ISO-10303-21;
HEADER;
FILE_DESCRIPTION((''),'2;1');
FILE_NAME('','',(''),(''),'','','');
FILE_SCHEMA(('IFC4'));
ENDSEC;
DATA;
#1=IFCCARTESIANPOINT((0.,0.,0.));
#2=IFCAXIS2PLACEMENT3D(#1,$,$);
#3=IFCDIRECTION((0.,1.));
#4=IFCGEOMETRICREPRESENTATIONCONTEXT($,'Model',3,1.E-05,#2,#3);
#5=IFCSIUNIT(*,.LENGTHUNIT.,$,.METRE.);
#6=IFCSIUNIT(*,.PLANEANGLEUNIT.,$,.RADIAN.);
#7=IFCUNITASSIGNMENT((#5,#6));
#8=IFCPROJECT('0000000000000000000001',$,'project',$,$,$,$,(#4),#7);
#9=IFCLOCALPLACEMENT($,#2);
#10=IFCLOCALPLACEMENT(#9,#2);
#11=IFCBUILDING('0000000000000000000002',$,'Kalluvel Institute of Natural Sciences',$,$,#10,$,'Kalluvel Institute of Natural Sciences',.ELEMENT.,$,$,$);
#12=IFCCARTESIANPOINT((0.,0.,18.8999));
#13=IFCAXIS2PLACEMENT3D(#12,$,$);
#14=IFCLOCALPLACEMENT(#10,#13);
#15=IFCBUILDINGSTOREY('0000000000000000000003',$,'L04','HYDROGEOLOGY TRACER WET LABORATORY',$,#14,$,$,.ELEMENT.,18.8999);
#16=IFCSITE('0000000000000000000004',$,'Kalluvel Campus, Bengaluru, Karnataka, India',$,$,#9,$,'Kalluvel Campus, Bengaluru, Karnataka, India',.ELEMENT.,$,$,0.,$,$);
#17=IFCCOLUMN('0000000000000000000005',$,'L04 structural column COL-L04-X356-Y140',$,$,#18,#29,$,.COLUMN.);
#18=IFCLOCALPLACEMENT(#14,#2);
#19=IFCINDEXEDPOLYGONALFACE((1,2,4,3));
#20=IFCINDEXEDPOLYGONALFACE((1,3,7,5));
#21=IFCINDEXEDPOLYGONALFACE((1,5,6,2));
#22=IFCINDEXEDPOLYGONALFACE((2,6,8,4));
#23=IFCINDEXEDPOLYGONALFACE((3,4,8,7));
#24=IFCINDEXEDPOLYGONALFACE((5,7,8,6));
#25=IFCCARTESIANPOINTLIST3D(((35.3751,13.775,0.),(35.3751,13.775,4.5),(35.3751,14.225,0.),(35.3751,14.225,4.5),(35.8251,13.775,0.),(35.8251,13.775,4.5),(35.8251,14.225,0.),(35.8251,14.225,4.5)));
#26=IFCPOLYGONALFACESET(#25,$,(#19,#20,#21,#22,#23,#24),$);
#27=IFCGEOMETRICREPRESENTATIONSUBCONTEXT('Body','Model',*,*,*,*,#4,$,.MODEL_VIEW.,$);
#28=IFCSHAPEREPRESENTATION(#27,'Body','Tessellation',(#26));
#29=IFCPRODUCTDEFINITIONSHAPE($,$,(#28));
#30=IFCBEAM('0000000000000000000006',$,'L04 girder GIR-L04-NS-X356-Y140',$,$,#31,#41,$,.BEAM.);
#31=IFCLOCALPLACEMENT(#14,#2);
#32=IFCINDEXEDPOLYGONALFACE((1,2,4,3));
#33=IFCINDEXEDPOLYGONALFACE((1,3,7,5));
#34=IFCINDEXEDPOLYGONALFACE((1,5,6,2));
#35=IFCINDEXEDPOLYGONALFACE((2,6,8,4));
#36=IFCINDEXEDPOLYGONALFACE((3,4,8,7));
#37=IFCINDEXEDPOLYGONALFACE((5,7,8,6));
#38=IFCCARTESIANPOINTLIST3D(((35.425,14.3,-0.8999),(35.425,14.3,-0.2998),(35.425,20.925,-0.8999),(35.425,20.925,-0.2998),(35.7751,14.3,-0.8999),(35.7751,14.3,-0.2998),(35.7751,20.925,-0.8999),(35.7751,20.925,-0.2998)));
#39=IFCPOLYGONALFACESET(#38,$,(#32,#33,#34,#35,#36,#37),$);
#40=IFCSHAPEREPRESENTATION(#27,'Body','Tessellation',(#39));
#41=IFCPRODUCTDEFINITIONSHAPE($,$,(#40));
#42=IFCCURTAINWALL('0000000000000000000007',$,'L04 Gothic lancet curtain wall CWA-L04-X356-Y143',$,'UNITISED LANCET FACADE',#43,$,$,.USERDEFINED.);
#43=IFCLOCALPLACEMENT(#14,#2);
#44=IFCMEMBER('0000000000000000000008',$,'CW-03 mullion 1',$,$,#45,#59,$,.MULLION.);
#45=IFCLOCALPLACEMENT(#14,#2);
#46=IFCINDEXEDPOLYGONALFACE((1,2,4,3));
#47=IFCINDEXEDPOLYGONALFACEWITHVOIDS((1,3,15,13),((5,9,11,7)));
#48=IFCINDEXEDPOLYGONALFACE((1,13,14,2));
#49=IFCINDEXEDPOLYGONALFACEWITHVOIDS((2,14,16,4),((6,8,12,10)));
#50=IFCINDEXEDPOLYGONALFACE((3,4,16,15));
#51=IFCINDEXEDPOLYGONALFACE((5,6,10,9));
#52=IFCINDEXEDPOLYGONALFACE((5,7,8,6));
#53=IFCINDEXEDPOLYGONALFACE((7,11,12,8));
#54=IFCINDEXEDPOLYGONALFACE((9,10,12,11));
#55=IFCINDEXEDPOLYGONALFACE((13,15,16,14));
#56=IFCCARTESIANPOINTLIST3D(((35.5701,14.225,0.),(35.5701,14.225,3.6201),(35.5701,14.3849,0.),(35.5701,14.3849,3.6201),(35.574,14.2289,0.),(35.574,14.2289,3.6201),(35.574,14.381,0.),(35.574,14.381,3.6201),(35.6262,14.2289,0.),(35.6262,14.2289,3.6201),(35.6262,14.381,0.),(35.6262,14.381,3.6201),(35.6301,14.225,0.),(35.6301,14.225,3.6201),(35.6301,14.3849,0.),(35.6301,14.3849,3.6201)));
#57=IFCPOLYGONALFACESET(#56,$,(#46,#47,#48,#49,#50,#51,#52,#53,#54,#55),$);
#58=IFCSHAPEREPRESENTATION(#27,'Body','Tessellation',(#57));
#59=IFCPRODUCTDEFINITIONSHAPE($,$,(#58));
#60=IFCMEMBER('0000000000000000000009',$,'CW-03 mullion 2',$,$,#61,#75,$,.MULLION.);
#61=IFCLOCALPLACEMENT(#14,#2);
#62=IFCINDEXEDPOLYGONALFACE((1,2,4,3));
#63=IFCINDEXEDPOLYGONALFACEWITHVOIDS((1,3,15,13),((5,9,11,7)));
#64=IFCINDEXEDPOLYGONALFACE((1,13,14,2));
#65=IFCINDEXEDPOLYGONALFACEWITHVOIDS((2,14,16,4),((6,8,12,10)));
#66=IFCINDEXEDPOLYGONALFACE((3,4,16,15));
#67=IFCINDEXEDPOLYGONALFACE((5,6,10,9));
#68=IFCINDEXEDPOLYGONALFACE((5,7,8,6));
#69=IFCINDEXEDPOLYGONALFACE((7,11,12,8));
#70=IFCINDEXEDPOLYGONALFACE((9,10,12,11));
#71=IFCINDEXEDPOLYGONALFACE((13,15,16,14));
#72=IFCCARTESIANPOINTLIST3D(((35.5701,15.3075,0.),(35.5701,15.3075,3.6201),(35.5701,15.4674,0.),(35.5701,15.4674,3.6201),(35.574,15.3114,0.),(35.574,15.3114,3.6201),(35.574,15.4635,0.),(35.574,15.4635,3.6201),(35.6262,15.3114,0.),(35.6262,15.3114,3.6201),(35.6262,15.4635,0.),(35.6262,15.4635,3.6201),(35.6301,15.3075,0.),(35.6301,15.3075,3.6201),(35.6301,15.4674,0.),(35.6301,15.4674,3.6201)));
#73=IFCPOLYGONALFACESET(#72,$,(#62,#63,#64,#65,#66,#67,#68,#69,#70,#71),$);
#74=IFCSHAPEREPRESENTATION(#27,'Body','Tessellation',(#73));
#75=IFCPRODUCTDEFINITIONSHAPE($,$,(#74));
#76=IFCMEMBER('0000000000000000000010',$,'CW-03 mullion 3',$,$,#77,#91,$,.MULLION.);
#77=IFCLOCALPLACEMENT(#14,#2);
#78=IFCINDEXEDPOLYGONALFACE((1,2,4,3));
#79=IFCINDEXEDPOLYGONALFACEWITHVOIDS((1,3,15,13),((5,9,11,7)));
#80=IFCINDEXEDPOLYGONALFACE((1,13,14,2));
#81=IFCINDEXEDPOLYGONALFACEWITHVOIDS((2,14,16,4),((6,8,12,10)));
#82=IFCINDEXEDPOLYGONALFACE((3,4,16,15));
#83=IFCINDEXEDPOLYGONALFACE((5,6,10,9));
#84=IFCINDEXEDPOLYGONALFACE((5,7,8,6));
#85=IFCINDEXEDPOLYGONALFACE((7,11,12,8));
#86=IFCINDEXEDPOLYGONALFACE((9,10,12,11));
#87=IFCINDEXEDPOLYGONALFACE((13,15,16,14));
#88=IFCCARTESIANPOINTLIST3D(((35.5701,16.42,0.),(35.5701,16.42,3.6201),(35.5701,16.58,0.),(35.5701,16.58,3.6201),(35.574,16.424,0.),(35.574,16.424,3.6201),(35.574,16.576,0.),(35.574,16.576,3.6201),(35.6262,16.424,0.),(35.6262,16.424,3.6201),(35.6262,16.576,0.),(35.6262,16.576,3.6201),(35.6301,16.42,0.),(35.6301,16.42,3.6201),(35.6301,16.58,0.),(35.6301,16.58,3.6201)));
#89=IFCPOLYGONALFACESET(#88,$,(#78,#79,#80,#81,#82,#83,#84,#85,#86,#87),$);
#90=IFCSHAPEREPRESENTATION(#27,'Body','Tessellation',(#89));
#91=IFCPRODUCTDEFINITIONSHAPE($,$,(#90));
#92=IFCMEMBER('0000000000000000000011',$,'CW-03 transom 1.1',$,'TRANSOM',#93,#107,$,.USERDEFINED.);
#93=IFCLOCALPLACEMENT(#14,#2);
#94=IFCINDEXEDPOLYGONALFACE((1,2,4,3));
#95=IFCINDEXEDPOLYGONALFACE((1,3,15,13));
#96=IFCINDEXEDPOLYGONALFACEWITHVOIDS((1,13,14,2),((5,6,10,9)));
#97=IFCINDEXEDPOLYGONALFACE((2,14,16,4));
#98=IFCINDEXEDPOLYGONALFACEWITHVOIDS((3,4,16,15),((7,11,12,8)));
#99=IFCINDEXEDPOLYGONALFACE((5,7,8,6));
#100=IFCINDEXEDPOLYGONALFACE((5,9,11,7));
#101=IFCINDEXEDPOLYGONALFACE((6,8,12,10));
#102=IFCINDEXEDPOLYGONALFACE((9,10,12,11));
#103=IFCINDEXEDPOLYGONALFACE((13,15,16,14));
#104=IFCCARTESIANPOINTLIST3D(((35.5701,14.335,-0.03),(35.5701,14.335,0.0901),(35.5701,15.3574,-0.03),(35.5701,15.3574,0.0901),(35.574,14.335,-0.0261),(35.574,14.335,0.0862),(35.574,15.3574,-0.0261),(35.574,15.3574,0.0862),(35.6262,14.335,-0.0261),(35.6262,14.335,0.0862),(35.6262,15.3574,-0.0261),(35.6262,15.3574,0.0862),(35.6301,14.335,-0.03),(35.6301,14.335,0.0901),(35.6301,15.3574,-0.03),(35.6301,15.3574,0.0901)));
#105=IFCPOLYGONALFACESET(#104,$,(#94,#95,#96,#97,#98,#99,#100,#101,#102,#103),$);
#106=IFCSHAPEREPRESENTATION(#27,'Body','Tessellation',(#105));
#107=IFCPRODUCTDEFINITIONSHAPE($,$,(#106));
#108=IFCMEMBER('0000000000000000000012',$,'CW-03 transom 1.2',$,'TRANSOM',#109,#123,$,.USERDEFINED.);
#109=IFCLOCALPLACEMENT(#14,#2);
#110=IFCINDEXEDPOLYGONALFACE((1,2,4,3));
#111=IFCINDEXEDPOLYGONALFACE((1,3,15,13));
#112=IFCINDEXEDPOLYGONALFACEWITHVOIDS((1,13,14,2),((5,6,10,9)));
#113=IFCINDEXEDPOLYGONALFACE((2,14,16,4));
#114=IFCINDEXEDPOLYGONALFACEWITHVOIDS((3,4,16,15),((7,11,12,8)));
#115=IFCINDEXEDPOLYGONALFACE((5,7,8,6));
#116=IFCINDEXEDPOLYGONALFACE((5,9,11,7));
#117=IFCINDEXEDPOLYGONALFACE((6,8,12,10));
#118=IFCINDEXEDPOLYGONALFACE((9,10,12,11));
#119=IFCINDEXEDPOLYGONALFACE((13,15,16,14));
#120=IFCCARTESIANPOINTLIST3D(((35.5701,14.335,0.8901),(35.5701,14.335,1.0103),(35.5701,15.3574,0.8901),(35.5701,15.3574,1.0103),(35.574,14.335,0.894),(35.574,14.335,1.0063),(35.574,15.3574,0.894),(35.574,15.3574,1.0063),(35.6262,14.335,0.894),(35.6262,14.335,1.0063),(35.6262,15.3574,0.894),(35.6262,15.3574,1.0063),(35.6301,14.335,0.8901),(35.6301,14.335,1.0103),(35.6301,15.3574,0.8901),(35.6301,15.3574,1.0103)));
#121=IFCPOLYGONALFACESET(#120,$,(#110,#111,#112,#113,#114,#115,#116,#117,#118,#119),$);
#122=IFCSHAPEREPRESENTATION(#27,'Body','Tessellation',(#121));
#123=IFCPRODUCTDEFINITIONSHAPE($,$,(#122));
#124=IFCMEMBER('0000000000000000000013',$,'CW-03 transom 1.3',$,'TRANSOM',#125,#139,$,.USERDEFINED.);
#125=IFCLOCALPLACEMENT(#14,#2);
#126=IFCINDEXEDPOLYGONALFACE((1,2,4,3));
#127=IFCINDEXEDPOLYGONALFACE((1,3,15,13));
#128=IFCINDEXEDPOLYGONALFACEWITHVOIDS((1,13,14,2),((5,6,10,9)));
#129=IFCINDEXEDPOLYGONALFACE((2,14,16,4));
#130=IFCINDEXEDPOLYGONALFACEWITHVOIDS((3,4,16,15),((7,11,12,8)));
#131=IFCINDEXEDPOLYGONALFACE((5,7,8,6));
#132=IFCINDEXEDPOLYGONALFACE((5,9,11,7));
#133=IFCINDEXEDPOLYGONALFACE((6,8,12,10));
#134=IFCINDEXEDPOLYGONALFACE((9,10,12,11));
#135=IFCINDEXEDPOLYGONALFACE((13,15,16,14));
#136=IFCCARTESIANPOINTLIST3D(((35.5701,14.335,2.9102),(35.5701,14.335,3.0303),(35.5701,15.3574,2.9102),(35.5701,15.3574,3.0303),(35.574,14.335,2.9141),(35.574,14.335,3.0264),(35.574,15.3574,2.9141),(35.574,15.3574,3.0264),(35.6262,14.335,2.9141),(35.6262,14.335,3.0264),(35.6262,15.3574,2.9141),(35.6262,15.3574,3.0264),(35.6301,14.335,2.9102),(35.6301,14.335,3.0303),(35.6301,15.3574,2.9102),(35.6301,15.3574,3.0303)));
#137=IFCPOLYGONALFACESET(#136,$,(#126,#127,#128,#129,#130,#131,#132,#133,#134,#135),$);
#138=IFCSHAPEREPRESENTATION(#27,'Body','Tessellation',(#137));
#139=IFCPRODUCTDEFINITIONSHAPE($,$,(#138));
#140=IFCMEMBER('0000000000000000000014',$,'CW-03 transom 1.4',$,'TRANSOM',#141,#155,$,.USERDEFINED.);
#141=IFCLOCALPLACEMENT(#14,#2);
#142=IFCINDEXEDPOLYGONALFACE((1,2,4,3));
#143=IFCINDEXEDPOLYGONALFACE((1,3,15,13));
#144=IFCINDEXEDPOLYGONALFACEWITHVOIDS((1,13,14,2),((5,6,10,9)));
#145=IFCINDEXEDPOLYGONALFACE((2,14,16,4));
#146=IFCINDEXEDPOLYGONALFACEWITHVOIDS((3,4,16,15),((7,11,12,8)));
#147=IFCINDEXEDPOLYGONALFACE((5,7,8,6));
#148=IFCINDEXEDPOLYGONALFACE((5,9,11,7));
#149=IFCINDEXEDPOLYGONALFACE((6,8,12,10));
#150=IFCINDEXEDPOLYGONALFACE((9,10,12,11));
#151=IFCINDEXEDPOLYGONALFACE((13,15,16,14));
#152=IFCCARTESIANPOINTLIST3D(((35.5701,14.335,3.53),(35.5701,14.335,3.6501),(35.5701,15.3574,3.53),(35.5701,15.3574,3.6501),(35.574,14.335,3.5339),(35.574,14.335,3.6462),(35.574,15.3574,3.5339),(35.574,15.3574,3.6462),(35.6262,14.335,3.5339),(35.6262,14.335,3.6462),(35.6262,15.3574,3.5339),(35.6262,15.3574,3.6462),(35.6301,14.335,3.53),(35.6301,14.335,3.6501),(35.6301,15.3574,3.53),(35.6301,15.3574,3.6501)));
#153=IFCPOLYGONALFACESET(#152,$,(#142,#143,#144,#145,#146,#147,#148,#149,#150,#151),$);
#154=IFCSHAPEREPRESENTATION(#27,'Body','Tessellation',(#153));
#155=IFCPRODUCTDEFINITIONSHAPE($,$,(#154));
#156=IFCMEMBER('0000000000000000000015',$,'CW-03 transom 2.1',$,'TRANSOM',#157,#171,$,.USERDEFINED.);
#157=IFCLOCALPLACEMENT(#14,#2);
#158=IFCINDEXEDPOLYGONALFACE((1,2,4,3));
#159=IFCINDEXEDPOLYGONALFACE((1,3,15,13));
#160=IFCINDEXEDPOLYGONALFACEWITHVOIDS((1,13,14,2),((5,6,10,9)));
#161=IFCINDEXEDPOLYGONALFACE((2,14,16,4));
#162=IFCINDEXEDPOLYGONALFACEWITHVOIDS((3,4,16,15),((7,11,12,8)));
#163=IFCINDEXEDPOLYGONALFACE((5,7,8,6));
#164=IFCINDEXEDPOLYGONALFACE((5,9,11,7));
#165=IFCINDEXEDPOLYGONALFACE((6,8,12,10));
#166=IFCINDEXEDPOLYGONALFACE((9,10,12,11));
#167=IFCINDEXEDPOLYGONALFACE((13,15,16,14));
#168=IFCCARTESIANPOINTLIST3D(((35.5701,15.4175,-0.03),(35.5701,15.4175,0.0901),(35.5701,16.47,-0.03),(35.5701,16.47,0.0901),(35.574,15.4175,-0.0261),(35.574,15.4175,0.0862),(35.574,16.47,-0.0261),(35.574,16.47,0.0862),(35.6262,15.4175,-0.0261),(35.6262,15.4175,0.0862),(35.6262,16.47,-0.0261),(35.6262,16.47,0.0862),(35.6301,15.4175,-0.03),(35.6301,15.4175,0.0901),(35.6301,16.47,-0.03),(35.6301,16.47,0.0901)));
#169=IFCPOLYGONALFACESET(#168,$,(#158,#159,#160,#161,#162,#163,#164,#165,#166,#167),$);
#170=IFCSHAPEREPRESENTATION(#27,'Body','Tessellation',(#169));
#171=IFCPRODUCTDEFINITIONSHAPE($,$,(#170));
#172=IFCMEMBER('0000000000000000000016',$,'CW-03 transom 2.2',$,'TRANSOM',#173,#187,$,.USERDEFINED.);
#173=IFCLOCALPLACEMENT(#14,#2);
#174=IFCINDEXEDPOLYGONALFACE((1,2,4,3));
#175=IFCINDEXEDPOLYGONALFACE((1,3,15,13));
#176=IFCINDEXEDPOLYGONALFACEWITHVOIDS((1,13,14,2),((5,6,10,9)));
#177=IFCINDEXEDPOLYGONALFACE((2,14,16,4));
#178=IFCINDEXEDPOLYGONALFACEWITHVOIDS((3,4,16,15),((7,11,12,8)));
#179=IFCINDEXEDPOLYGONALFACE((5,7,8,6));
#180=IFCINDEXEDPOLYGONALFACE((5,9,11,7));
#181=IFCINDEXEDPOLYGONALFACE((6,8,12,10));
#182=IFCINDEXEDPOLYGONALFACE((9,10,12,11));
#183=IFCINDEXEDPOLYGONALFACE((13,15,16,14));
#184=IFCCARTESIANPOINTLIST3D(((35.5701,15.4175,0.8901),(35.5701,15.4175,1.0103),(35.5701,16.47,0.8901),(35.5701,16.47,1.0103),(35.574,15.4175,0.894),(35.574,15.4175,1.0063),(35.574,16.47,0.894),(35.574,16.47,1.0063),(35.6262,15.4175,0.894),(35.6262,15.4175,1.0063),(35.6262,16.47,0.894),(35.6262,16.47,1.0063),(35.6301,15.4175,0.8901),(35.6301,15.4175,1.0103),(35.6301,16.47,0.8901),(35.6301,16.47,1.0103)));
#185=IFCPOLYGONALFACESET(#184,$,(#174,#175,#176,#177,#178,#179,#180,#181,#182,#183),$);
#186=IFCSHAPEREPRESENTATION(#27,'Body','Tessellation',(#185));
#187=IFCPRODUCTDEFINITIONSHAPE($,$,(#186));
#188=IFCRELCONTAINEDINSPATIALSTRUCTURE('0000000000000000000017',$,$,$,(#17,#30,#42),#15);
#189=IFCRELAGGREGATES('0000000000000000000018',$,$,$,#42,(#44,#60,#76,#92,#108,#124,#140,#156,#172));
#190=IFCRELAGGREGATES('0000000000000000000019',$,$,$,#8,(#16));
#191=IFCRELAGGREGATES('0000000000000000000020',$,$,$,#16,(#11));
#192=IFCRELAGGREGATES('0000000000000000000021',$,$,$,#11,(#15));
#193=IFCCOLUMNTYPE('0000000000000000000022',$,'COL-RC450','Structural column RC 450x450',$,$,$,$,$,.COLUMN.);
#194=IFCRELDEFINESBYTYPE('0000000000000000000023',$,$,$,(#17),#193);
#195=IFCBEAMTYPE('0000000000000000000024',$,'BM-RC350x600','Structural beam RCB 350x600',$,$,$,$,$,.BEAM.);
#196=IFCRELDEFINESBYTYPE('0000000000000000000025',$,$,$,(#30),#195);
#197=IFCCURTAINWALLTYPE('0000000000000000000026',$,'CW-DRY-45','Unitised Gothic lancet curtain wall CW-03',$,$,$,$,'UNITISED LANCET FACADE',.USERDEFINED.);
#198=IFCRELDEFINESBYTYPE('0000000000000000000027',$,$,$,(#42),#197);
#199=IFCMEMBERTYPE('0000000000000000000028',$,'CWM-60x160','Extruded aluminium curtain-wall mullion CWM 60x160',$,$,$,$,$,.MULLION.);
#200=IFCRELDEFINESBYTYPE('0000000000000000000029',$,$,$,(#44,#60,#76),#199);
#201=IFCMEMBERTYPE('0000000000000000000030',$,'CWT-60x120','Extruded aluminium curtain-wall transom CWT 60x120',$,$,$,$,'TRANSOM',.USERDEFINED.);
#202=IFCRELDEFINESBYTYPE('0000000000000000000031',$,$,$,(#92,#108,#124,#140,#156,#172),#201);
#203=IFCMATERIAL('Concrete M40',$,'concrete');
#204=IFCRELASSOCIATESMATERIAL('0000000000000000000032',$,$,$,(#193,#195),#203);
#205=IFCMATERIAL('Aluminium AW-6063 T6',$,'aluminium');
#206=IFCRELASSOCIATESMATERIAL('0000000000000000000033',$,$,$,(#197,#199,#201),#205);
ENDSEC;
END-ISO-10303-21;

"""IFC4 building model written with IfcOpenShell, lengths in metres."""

from ifc_helpers import new_model, si_unit, direction, frame, origin, origin_2d, place, context, subcontext, project, spatial, rectangle, hollow_rectangle, extrude, material, material_profile, profile_set, type_object, element, aggregate, save


model = new_model("IFC4")

# Units and contexts
model_context = context("Model", 3, precision=1e-05, world=origin(), true_north=direction((0.0, 1.0)))
body_context = subcontext(model_context, "Body", "Model", "MODEL_VIEW")
ifc_project = project(units=[si_unit("LENGTHUNIT", "METRE"), si_unit("PLANEANGLEUNIT", "RADIAN")], contexts=[model_context])

# Site, building, storey
site_placement = place(None, origin())
site = spatial("IfcSite", under=ifc_project, at=site_placement, Name="Kalluvel Campus, Bengaluru, Karnataka, India", LongName="Kalluvel Campus, Bengaluru, Karnataka, India", CompositionType="ELEMENT", RefElevation=0.0)
building_placement = place(site_placement, origin())
building = spatial("IfcBuilding", under=site, at=building_placement, Name="Kalluvel Institute of Natural Sciences", LongName="Kalluvel Institute of Natural Sciences", CompositionType="ELEMENT")
storey_placement = place(building_placement, frame((0.0, 0.0, 18.8999)))
storey = spatial("IfcBuildingStorey", under=building, at=storey_placement, Name="L04", Description="HYDROGEOLOGY TRACER WET LABORATORY", CompositionType="ELEMENT", Elevation=18.8999)

# Column
ifc_material_1 = material(Name="Concrete M40", Category="concrete")
ifc_material_profile_1 = material_profile(ifc_material_1, rectangle(XDim=0.45, YDim=0.45, at=origin_2d()), Name="RC 450x450")
ifc_profile_set_1 = profile_set([ifc_material_profile_1], Name="Concrete M40")
column_type = type_object("IfcColumnType", Name="COL-RC450", Description="Structural column RC 450x450", PredefinedType="COLUMN", material=ifc_profile_set_1)
column_placement = place(storey_placement, frame((35.6001, 14.0, 0.0), z_axis=(0.0, 0.0, 1.0), x_axis=(1.0, 0.0, 0.0)))
element("IfcColumn", 1, at=column_placement, inside=storey, type_object=column_type, Name="L04 structural column COL-L04-X356-Y140", PredefinedType="COLUMN", context=body_context, shape_type="SweptSolid", body=[
    extrude(rectangle(XDim=0.45, YDim=0.45, at=origin_2d()), origin(), (0.0, 0.0, 1.0), 4.5),
])

# Beam
ifc_material_profile_2 = material_profile(ifc_material_1, rectangle(XDim=0.3501, YDim=0.6001, at=origin_2d()), Name="RCB 350x600")
ifc_profile_set_2 = profile_set([ifc_material_profile_2], Name="Concrete M40")
beam_type = type_object("IfcBeamType", Name="BM-RC350x600", Description="Structural beam RCB 350x600", PredefinedType="BEAM", material=ifc_profile_set_2)
beam_placement = place(storey_placement, frame((35.6001, 14.3, -0.5999), z_axis=(0.0, 1.0, 0.0), x_axis=(-1.0, 0.0, 0.0)))
element("IfcBeam", 2, at=beam_placement, inside=storey, type_object=beam_type, Name="L04 girder GIR-L04-NS-X356-Y140", PredefinedType="BEAM", context=body_context, shape_type="SweptSolid", body=[
    extrude(rectangle(XDim=0.3501, YDim=0.6001, at=origin_2d()), origin(), (0.0, 0.0, 1.0), 6.625),
])

# Curtain wall, members
ifc_material_2 = material(Name="Aluminium AW-6063 T6", Category="aluminium")
curtain_wall_type = type_object("IfcCurtainWallType", Name="CW-DRY-45", Description="Unitised Gothic lancet curtain wall CW-03", ElementType="UNITISED LANCET FACADE", PredefinedType="USERDEFINED", material=ifc_material_2)
curtain_wall_placement = place(storey_placement, origin())
curtain_wall = element("IfcCurtainWall", 3, at=curtain_wall_placement, inside=storey, type_object=curtain_wall_type, Name="L04 Gothic lancet curtain wall CWA-L04-X356-Y143", ObjectType="UNITISED LANCET FACADE", PredefinedType="USERDEFINED")
ifc_material_profile_3 = material_profile(ifc_material_2, hollow_rectangle(XDim=0.0601, YDim=0.1599, WallThickness=0.0039, at=origin_2d()), Name="CWM 60x160")
ifc_profile_set_3 = profile_set([ifc_material_profile_3], Name="Aluminium AW-6063 T6")
member_type_1 = type_object("IfcMemberType", Name="CWM-60x160", Description="Extruded aluminium curtain-wall mullion CWM 60x160", PredefinedType="MULLION", material=ifc_profile_set_3)
member_1_placement = place(storey_placement, frame((35.6001, 14.3049, 0.0), z_axis=(0.0, 0.0, 1.0), x_axis=(-1.0, 0.0, 0.0)))
member_1 = element("IfcMember", 4, at=member_1_placement, type_object=member_type_1, Name="CW-03 mullion 1", PredefinedType="MULLION", context=body_context, shape_type="SweptSolid", body=[
    extrude(hollow_rectangle(XDim=0.0601, YDim=0.1599, WallThickness=0.0039, at=origin_2d()), origin(), (0.0, 0.0, 1.0), 3.6201),
])
member_2_placement = place(storey_placement, frame((35.6001, 15.3875, 0.0), z_axis=(0.0, 0.0, 1.0), x_axis=(-1.0, 0.0, 0.0)))
member_2 = element("IfcMember", 5, at=member_2_placement, type_object=member_type_1, Name="CW-03 mullion 2", PredefinedType="MULLION", context=body_context, shape_type="SweptSolid", body=[
    extrude(hollow_rectangle(XDim=0.0601, YDim=0.1599, WallThickness=0.0039, at=origin_2d()), origin(), (0.0, 0.0, 1.0), 3.6201),
])
member_3_placement = place(storey_placement, frame((35.6001, 16.5, 0.0), z_axis=(0.0, 0.0, 1.0), x_axis=(-1.0, 0.0, 0.0)))
member_3 = element("IfcMember", 6, at=member_3_placement, type_object=member_type_1, Name="CW-03 mullion 3", PredefinedType="MULLION", context=body_context, shape_type="SweptSolid", body=[
    extrude(hollow_rectangle(XDim=0.0601, YDim=0.1599, WallThickness=0.0039, at=origin_2d()), origin(), (0.0, 0.0, 1.0), 3.6201),
])
ifc_material_profile_4 = material_profile(ifc_material_2, hollow_rectangle(XDim=0.0601, YDim=0.1201, WallThickness=0.0039, at=origin_2d()), Name="CWT 60x120")
ifc_profile_set_4 = profile_set([ifc_material_profile_4], Name="Aluminium AW-6063 T6")
member_type_2 = type_object("IfcMemberType", Name="CWT-60x120", Description="Extruded aluminium curtain-wall transom CWT 60x120", ElementType="TRANSOM", PredefinedType="USERDEFINED", material=ifc_profile_set_4)
member_4_placement = place(storey_placement, frame((35.6001, 14.335, 0.03), z_axis=(0.0, 1.0, 0.0), x_axis=(-1.0, 0.0, 0.0)))
member_4 = element("IfcMember", 7, at=member_4_placement, type_object=member_type_2, Name="CW-03 transom 1.1", ObjectType="TRANSOM", PredefinedType="USERDEFINED", context=body_context, shape_type="SweptSolid", body=[
    extrude(hollow_rectangle(XDim=0.0601, YDim=0.1201, WallThickness=0.0039, at=origin_2d()), origin(), (0.0, 0.0, 1.0), 1.0225),
])
member_5_placement = place(storey_placement, frame((35.6001, 14.335, 0.9502), z_axis=(0.0, 1.0, 0.0), x_axis=(-1.0, 0.0, 0.0)))
member_5 = element("IfcMember", 8, at=member_5_placement, type_object=member_type_2, Name="CW-03 transom 1.2", ObjectType="TRANSOM", PredefinedType="USERDEFINED", context=body_context, shape_type="SweptSolid", body=[
    extrude(hollow_rectangle(XDim=0.0601, YDim=0.1201, WallThickness=0.0039, at=origin_2d()), origin(), (0.0, 0.0, 1.0), 1.0225),
])
member_6_placement = place(storey_placement, frame((35.6001, 14.335, 2.9702), z_axis=(0.0, 1.0, 0.0), x_axis=(-1.0, 0.0, 0.0)))
member_6 = element("IfcMember", 9, at=member_6_placement, type_object=member_type_2, Name="CW-03 transom 1.3", ObjectType="TRANSOM", PredefinedType="USERDEFINED", context=body_context, shape_type="SweptSolid", body=[
    extrude(hollow_rectangle(XDim=0.0601, YDim=0.1201, WallThickness=0.0039, at=origin_2d()), origin(), (0.0, 0.0, 1.0), 1.0225),
])
member_7_placement = place(storey_placement, frame((35.6001, 14.335, 3.5901), z_axis=(0.0, 1.0, 0.0), x_axis=(-1.0, 0.0, 0.0)))
member_7 = element("IfcMember", 10, at=member_7_placement, type_object=member_type_2, Name="CW-03 transom 1.4", ObjectType="TRANSOM", PredefinedType="USERDEFINED", context=body_context, shape_type="SweptSolid", body=[
    extrude(hollow_rectangle(XDim=0.0601, YDim=0.1201, WallThickness=0.0039, at=origin_2d()), origin(), (0.0, 0.0, 1.0), 1.0225),
])
member_8_placement = place(storey_placement, frame((35.6001, 15.4175, 0.03), z_axis=(0.0, 1.0, 0.0), x_axis=(-1.0, 0.0, 0.0)))
member_8 = element("IfcMember", 11, at=member_8_placement, type_object=member_type_2, Name="CW-03 transom 2.1", ObjectType="TRANSOM", PredefinedType="USERDEFINED", context=body_context, shape_type="SweptSolid", body=[
    extrude(hollow_rectangle(XDim=0.0601, YDim=0.1201, WallThickness=0.0039, at=origin_2d()), origin(), (0.0, 0.0, 1.0), 1.0525),
])
member_9_placement = place(storey_placement, frame((35.6001, 15.4175, 0.9502), z_axis=(0.0, 1.0, 0.0), x_axis=(-1.0, 0.0, 0.0)))
member_9 = element("IfcMember", 12, at=member_9_placement, type_object=member_type_2, Name="CW-03 transom 2.2", ObjectType="TRANSOM", PredefinedType="USERDEFINED", context=body_context, shape_type="SweptSolid", body=[
    extrude(hollow_rectangle(XDim=0.0601, YDim=0.1201, WallThickness=0.0039, at=origin_2d()), origin(), (0.0, 0.0, 1.0), 1.0525),
])
aggregate(curtain_wall, [member_1, member_2, member_3, member_4, member_5, member_6, member_7, member_8, member_9])

save(model, "model.ifc")
